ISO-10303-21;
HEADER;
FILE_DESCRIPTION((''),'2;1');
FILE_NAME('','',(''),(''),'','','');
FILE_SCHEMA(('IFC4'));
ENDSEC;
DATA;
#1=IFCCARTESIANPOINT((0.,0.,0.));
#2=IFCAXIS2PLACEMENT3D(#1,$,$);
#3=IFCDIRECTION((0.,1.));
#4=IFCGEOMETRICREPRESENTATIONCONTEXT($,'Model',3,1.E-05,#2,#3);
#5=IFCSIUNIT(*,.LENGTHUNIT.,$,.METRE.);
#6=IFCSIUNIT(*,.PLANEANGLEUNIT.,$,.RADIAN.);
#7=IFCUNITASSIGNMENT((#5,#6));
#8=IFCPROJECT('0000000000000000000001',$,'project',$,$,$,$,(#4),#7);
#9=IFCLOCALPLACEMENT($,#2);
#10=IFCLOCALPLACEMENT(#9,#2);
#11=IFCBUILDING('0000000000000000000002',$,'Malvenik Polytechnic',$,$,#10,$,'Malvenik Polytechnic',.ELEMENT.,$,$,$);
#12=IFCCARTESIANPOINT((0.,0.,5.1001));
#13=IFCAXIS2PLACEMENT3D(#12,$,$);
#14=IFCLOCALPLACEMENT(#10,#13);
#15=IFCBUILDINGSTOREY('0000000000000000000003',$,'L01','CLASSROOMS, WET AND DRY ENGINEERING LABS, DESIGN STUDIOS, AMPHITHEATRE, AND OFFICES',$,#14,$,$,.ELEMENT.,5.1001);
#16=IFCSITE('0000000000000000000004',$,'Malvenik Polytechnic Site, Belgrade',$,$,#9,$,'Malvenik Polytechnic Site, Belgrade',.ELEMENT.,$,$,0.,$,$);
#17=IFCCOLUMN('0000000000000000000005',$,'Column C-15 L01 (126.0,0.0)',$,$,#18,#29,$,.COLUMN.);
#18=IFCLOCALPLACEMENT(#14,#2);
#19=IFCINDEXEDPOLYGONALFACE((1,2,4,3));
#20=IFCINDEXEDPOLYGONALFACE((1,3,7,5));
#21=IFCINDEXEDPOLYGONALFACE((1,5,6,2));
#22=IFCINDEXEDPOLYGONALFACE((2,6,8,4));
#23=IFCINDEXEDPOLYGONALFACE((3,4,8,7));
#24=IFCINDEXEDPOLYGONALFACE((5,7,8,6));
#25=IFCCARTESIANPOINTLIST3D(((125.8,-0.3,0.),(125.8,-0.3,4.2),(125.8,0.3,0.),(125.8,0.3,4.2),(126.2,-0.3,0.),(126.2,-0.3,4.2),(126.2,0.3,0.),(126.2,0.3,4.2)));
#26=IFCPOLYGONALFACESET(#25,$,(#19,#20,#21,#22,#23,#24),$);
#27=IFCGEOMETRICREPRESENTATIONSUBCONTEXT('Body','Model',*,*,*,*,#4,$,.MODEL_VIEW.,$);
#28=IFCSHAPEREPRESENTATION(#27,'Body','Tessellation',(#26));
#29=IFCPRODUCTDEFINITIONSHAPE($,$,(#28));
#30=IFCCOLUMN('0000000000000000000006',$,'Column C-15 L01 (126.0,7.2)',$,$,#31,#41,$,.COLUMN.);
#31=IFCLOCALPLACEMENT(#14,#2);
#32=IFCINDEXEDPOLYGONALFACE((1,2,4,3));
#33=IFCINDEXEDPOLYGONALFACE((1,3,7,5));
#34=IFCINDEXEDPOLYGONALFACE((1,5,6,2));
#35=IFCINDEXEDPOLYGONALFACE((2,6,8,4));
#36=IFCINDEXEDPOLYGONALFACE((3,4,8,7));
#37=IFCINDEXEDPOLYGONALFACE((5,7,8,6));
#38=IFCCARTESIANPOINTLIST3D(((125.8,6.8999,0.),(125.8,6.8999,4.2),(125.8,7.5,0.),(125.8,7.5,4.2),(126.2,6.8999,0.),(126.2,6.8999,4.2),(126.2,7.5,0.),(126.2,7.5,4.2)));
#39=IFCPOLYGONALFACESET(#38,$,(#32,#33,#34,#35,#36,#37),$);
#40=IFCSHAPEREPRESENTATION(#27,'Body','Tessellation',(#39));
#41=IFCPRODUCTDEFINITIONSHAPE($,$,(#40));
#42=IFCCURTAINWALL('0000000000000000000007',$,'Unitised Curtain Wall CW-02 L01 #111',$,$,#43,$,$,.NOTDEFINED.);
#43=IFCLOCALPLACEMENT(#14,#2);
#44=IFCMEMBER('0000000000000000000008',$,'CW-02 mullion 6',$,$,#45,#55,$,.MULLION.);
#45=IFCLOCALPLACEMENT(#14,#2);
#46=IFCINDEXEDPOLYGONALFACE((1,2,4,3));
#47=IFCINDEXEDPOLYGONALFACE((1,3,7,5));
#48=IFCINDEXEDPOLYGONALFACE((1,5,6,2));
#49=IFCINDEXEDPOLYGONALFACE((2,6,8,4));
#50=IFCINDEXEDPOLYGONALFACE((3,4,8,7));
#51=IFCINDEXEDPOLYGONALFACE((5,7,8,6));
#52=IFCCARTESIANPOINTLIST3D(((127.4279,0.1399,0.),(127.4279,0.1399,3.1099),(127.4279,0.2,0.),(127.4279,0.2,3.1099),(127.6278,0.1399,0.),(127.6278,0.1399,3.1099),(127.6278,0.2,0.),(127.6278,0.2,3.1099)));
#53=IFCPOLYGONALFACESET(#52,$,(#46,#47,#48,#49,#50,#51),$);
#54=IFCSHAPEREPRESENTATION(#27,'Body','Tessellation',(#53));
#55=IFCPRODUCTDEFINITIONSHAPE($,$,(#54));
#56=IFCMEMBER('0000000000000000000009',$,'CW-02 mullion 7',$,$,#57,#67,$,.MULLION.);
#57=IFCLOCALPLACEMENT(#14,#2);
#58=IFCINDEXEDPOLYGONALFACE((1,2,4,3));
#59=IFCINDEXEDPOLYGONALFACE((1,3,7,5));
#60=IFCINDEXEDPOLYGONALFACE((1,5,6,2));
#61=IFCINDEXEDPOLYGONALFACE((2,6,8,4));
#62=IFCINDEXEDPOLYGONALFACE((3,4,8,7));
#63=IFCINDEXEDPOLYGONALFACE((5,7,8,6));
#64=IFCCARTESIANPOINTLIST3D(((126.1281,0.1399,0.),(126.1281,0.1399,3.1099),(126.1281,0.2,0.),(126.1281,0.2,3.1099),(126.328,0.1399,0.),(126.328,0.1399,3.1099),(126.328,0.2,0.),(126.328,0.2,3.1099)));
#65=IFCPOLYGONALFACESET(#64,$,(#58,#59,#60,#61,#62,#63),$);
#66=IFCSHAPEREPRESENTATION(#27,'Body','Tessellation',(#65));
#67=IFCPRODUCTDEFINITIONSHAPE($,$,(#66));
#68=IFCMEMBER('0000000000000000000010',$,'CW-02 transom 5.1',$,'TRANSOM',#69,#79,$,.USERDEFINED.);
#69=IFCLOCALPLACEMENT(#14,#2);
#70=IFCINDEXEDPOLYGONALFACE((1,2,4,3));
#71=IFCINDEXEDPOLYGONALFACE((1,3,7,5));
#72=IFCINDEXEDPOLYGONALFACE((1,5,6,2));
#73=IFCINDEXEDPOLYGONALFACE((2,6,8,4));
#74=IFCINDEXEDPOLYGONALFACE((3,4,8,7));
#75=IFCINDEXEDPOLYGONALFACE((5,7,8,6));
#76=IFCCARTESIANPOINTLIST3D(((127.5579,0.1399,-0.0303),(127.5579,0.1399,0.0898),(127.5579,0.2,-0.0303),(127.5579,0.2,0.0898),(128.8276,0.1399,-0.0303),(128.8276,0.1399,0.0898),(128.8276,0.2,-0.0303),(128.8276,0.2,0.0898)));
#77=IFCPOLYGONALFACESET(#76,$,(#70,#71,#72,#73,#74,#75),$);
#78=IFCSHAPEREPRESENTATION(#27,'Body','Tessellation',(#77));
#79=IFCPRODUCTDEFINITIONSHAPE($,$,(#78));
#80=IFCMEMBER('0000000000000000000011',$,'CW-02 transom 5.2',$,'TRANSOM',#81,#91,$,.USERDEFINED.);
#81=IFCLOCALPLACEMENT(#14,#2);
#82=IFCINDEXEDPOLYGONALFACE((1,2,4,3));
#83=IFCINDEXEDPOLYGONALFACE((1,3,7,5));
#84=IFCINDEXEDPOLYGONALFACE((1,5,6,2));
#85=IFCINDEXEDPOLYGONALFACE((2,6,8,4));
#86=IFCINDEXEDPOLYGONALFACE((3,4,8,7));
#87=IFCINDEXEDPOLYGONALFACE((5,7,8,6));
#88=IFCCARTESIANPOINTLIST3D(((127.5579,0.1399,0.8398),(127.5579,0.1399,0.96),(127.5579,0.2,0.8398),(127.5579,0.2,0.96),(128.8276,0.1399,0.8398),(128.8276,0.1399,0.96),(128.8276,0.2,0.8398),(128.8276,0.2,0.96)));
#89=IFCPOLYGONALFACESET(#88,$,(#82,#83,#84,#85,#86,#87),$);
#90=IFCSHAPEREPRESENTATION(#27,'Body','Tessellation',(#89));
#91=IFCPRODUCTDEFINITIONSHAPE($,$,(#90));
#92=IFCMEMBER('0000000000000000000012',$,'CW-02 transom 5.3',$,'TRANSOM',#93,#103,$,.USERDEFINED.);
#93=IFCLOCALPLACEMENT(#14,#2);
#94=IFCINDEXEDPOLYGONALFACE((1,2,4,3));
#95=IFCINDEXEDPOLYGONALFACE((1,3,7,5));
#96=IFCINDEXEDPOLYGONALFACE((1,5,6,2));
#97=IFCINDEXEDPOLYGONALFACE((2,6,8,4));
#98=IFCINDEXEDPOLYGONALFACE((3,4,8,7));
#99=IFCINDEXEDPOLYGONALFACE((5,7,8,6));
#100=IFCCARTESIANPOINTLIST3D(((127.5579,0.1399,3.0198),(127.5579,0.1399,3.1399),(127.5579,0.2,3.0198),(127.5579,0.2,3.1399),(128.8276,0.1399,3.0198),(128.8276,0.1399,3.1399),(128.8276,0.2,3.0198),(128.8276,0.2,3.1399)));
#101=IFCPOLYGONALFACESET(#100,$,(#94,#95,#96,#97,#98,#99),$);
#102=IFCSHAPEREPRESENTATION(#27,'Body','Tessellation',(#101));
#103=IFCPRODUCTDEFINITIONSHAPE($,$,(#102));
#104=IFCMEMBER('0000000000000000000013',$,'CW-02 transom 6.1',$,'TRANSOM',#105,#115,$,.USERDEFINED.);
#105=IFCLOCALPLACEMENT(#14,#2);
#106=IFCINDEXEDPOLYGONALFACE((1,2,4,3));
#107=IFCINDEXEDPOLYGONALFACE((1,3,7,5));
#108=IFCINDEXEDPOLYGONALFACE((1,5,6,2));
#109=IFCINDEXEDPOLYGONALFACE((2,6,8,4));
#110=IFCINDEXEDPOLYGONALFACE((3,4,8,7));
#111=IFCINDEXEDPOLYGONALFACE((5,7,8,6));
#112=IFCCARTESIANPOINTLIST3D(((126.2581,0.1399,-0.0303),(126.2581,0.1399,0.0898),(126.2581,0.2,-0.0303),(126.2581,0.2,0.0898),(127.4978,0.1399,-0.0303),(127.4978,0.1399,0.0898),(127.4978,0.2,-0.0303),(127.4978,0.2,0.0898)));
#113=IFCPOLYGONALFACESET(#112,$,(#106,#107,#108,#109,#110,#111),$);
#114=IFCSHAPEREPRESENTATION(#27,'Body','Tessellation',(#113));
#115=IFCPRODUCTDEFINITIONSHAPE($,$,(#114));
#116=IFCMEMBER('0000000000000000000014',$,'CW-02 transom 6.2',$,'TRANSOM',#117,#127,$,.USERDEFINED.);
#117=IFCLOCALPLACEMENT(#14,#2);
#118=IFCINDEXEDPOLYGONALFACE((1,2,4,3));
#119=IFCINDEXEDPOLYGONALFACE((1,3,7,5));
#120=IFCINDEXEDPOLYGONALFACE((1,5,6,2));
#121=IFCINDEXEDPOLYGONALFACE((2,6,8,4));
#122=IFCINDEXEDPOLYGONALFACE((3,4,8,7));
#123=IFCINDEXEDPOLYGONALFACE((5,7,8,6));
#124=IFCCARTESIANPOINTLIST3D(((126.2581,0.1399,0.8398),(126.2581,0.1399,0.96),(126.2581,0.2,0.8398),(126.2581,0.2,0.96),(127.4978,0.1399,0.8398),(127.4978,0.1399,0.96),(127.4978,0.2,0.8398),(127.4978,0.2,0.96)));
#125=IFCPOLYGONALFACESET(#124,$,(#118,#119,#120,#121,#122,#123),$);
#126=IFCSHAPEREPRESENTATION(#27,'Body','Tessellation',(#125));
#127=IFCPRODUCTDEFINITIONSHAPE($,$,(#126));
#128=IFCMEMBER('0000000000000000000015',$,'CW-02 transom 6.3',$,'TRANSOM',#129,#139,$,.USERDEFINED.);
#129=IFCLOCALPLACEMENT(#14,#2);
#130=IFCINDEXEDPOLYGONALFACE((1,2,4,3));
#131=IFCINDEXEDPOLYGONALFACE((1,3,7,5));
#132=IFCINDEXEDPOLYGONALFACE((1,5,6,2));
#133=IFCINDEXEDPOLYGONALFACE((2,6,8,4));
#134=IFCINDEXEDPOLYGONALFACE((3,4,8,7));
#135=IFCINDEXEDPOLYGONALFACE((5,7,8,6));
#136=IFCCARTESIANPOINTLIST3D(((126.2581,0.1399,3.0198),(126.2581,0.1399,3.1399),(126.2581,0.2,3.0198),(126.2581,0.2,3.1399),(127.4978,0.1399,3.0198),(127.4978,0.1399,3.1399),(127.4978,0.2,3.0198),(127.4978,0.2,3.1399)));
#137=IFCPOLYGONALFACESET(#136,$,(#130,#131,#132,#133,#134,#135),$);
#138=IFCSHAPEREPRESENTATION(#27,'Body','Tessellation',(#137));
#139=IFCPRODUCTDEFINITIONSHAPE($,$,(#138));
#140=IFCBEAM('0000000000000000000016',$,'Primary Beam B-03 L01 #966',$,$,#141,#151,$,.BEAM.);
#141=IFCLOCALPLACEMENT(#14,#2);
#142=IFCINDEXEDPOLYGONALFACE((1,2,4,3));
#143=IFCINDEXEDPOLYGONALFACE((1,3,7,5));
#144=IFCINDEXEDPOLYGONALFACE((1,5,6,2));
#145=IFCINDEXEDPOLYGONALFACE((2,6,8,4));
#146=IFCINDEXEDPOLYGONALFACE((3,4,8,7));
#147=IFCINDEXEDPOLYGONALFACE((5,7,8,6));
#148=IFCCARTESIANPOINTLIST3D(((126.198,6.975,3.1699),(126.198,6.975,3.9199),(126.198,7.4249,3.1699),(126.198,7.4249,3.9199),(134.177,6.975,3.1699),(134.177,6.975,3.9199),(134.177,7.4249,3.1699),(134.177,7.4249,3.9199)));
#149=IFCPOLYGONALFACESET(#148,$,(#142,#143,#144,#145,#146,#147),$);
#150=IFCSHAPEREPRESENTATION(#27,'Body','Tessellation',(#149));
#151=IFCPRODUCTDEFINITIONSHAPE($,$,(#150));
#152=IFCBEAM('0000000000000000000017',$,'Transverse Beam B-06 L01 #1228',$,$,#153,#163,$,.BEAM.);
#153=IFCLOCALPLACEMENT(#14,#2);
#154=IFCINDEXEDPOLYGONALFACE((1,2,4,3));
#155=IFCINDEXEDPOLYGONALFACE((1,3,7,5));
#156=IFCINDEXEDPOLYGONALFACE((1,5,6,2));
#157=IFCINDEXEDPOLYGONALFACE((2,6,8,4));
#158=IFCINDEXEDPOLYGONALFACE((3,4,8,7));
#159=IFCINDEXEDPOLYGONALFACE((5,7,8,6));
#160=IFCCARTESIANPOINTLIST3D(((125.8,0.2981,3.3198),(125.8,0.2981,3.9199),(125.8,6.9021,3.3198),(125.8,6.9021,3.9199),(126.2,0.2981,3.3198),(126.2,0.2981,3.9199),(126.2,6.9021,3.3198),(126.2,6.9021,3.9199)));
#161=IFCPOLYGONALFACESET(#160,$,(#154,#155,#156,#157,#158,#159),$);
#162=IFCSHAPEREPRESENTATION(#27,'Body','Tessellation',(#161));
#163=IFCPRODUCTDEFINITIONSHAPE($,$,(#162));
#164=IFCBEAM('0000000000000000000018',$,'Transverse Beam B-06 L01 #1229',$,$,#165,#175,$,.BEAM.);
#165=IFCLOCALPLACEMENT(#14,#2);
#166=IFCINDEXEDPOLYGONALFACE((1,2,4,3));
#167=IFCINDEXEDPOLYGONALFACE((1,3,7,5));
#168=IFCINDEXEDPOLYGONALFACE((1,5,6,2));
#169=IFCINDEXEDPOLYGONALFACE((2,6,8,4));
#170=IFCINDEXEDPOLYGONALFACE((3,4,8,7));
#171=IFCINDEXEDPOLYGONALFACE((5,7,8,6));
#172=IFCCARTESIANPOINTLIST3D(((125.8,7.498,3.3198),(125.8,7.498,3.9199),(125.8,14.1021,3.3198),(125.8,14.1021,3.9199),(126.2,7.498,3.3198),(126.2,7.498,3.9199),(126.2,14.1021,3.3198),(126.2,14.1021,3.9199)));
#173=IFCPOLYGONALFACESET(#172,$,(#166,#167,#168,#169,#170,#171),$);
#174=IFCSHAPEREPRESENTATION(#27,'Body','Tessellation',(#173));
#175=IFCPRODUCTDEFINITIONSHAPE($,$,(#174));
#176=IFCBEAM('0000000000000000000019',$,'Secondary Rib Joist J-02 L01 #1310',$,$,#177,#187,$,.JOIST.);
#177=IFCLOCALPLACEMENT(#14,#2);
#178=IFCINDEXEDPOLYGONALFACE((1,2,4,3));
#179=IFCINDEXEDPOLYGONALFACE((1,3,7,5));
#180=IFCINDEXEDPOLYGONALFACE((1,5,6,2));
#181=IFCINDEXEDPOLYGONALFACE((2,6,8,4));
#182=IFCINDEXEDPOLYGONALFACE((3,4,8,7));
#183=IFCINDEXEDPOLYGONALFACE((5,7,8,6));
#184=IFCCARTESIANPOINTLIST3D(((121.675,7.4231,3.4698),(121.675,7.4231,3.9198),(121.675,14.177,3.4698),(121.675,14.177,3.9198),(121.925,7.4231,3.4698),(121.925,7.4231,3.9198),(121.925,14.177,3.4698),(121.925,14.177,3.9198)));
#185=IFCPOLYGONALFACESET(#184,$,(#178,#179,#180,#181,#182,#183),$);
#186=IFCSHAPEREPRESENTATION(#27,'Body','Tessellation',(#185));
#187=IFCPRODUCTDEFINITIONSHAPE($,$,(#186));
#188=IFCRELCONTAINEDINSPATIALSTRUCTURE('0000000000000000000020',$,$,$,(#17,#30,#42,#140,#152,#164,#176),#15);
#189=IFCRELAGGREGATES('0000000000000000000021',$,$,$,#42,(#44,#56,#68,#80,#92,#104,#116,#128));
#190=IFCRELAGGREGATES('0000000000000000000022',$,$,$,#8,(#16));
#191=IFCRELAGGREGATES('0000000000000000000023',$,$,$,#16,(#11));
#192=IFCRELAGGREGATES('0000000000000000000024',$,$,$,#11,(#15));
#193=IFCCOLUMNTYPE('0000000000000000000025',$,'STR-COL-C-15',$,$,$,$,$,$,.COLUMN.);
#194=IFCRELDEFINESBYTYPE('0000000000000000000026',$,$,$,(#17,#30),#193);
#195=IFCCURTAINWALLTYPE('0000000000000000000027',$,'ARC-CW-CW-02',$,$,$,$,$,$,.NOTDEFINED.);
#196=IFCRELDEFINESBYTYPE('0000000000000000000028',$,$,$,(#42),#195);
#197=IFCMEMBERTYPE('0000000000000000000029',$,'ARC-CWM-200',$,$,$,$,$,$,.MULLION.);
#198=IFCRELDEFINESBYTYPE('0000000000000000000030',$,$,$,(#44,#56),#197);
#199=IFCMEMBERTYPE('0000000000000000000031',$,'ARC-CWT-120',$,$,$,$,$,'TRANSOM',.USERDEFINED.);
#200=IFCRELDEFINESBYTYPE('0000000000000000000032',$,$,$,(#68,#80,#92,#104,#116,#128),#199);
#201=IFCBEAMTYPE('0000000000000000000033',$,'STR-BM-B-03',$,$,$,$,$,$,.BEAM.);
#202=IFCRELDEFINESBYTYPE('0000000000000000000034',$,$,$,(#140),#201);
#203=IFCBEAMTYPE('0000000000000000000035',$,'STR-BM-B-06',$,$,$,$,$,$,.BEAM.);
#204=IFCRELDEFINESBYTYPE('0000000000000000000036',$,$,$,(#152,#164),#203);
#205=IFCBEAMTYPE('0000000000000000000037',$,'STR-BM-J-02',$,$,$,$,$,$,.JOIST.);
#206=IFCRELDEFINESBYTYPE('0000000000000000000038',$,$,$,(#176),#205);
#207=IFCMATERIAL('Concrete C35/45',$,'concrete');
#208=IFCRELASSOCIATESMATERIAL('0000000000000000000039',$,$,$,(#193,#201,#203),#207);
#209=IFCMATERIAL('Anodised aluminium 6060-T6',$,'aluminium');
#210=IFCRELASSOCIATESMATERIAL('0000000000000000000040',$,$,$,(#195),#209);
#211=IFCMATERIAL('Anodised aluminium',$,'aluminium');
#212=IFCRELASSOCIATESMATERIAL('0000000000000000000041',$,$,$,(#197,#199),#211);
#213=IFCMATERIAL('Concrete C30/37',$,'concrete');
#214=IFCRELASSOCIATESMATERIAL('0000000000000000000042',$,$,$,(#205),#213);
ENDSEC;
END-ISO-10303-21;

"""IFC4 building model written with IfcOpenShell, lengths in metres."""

from ifc_helpers import new_model, si_unit, direction, frame, origin, origin_2d, place, context, subcontext, project, spatial, rectangle, extrude, material, material_profile, profile_set, type_object, element, aggregate, save


model = new_model("IFC4")

# Units and contexts
model_context = context("Model", 3, precision=1e-05, world=origin(), true_north=direction((0.0, 1.0)))
body_context = subcontext(model_context, "Body", "Model", "MODEL_VIEW")
ifc_project = project(units=[si_unit("LENGTHUNIT", "METRE"), si_unit("PLANEANGLEUNIT", "RADIAN")], contexts=[model_context])

# Site, building, storey
site_placement = place(None, origin())
site = spatial("IfcSite", under=ifc_project, at=site_placement, Name="Malvenik Polytechnic Site, Belgrade", LongName="Malvenik Polytechnic Site, Belgrade", CompositionType="ELEMENT", RefElevation=0.0)
building_placement = place(site_placement, origin())
building = spatial("IfcBuilding", under=site, at=building_placement, Name="Malvenik Polytechnic", LongName="Malvenik Polytechnic", CompositionType="ELEMENT")
storey_placement = place(building_placement, frame((0.0, 0.0, 5.1001)))
storey = spatial("IfcBuildingStorey", under=building, at=storey_placement, Name="L01", Description="CLASSROOMS, WET AND DRY ENGINEERING LABS, DESIGN STUDIOS, AMPHITHEATRE, AND OFFICES", CompositionType="ELEMENT", Elevation=5.1001)

# Columns
ifc_material_1 = material(Name="Concrete C35/45", Category="concrete")
ifc_material_profile_1 = material_profile(ifc_material_1, rectangle(XDim=0.3999, YDim=0.6001, at=origin_2d()), Name="RC COL 600x400")
ifc_profile_set_1 = profile_set([ifc_material_profile_1], Name="Concrete C35/45")
column_type = type_object("IfcColumnType", Name="STR-COL-C-15", PredefinedType="COLUMN", material=ifc_profile_set_1)
for number, where, z_axis, x_axis, name in (
    (1, (126.0, 0.0, 0.0), (0.0, 0.0, 1.0), (1.0, 0.0, 0.0), "Column C-15 L01 (126.0,0.0)"),
    (2, (126.0, 7.2, 0.0), (0.0, 0.0, 1.0), (1.0, 0.0, 0.0), "Column C-15 L01 (126.0,7.2)"),
):
    element("IfcColumn", number, at=place(storey_placement, frame(where, z_axis=z_axis, x_axis=x_axis)), inside=storey, type_object=column_type, Name=name, PredefinedType="COLUMN", context=body_context, shape_type="SweptSolid", body=[
        extrude(rectangle(XDim=0.3999, YDim=0.6001, at=origin_2d()), origin(), (0.0, 0.0, 1.0), 4.2),
    ])

# Curtain wall, members
ifc_material_2 = material(Name="Anodised aluminium 6060-T6", Category="aluminium")
curtain_wall_type = type_object("IfcCurtainWallType", Name="ARC-CW-CW-02", PredefinedType="NOTDEFINED", material=ifc_material_2)
curtain_wall_placement = place(storey_placement, origin())
curtain_wall = element("IfcCurtainWall", 3, at=curtain_wall_placement, inside=storey, type_object=curtain_wall_type, Name="Unitised Curtain Wall CW-02 L01 #111", PredefinedType="NOTDEFINED")
ifc_material_3 = material(Name="Anodised aluminium", Category="aluminium")
ifc_material_profile_2 = material_profile(ifc_material_3, rectangle(XDim=0.0601, YDim=0.2, at=origin_2d()), Name="ALU MULLION 60x200")
ifc_profile_set_2 = profile_set([ifc_material_profile_2], Name="Anodised aluminium")
member_type_1 = type_object("IfcMemberType", Name="ARC-CWM-200", PredefinedType="MULLION", material=ifc_profile_set_2)
member_1_placement = place(storey_placement, frame((127.5278, 0.1699, 0.0), z_axis=(0.0, 0.0, 1.0), x_axis=(0.0, -1.0, 0.0)))
member_1 = element("IfcMember", 4, at=member_1_placement, type_object=member_type_1, Name="CW-02 mullion 6", PredefinedType="MULLION", context=body_context, shape_type="SweptSolid", body=[
    extrude(rectangle(XDim=0.0601, YDim=0.2, at=origin_2d()), origin(), (0.0, 0.0, 1.0), 3.1099),
])
member_2_placement = place(storey_placement, frame((126.228, 0.1699, 0.0), z_axis=(0.0, 0.0, 1.0), x_axis=(0.0, -1.0, 0.0)))
member_2 = element("IfcMember", 5, at=member_2_placement, type_object=member_type_1, Name="CW-02 mullion 7", PredefinedType="MULLION", context=body_context, shape_type="SweptSolid", body=[
    extrude(rectangle(XDim=0.0601, YDim=0.2, at=origin_2d()), origin(), (0.0, 0.0, 1.0), 3.1099),
])
ifc_material_profile_3 = material_profile(ifc_material_3, rectangle(XDim=0.0601, YDim=0.1201, at=origin_2d()), Name="ALU TRANSOM 60x120")
ifc_profile_set_3 = profile_set([ifc_material_profile_3], Name="Anodised aluminium")
member_type_2 = type_object("IfcMemberType", Name="ARC-CWT-120", ElementType="TRANSOM", PredefinedType="USERDEFINED", material=ifc_profile_set_3)
member_3_placement = place(storey_placement, frame((128.8276, 0.1699, 0.0298), z_axis=(-1.0, 0.0, 0.0), x_axis=(0.0, -1.0, 0.0)))
member_3 = element("IfcMember", 6, at=member_3_placement, type_object=member_type_2, Name="CW-02 transom 5.1", ObjectType="TRANSOM", PredefinedType="USERDEFINED", context=body_context, shape_type="SweptSolid", body=[
    extrude(rectangle(XDim=0.0601, YDim=0.1201, at=origin_2d()), origin(), (0.0, 0.0, 1.0), 1.2698),
])
member_4_placement = place(storey_placement, frame((128.8276, 0.1699, 0.8999), z_axis=(-1.0, 0.0, 0.0), x_axis=(0.0, -1.0, 0.0)))
member_4 = element("IfcMember", 7, at=member_4_placement, type_object=member_type_2, Name="CW-02 transom 5.2", ObjectType="TRANSOM", PredefinedType="USERDEFINED", context=body_context, shape_type="SweptSolid", body=[
    extrude(rectangle(XDim=0.0601, YDim=0.1201, at=origin_2d()), origin(), (0.0, 0.0, 1.0), 1.2698),
])
member_5_placement = place(storey_placement, frame((128.8276, 0.1699, 3.0798), z_axis=(-1.0, 0.0, 0.0), x_axis=(0.0, -1.0, 0.0)))
member_5 = element("IfcMember", 8, at=member_5_placement, type_object=member_type_2, Name="CW-02 transom 5.3", ObjectType="TRANSOM", PredefinedType="USERDEFINED", context=body_context, shape_type="SweptSolid", body=[
    extrude(rectangle(XDim=0.0601, YDim=0.1201, at=origin_2d()), origin(), (0.0, 0.0, 1.0), 1.2698),
])
member_6_placement = place(storey_placement, frame((127.4978, 0.1699, 0.0298), z_axis=(-1.0, 0.0, 0.0), x_axis=(0.0, -1.0, 0.0)))
member_6 = element("IfcMember", 9, at=member_6_placement, type_object=member_type_2, Name="CW-02 transom 6.1", ObjectType="TRANSOM", PredefinedType="USERDEFINED", context=body_context, shape_type="SweptSolid", body=[
    extrude(rectangle(XDim=0.0601, YDim=0.1201, at=origin_2d()), origin(), (0.0, 0.0, 1.0), 1.2397),
])
member_7_placement = place(storey_placement, frame((127.4978, 0.1699, 0.8999), z_axis=(-1.0, 0.0, 0.0), x_axis=(0.0, -1.0, 0.0)))
member_7 = element("IfcMember", 10, at=member_7_placement, type_object=member_type_2, Name="CW-02 transom 6.2", ObjectType="TRANSOM", PredefinedType="USERDEFINED", context=body_context, shape_type="SweptSolid", body=[
    extrude(rectangle(XDim=0.0601, YDim=0.1201, at=origin_2d()), origin(), (0.0, 0.0, 1.0), 1.2397),
])
member_8_placement = place(storey_placement, frame((127.4978, 0.1699, 3.0798), z_axis=(-1.0, 0.0, 0.0), x_axis=(0.0, -1.0, 0.0)))
member_8 = element("IfcMember", 11, at=member_8_placement, type_object=member_type_2, Name="CW-02 transom 6.3", ObjectType="TRANSOM", PredefinedType="USERDEFINED", context=body_context, shape_type="SweptSolid", body=[
    extrude(rectangle(XDim=0.0601, YDim=0.1201, at=origin_2d()), origin(), (0.0, 0.0, 1.0), 1.2397),
])

# Beams
ifc_material_profile_4 = material_profile(ifc_material_1, rectangle(XDim=0.45, YDim=0.75, at=origin_2d()), Name="RC BM 450x750")
ifc_profile_set_4 = profile_set([ifc_material_profile_4], Name="Concrete C35/45")
beam_type_1 = type_object("IfcBeamType", Name="STR-BM-B-03", PredefinedType="BEAM", material=ifc_profile_set_4)
beam_1_placement = place(storey_placement, frame((126.198, 7.2, 3.5449), z_axis=(1.0, 0.0, 0.0), x_axis=(0.0, 1.0, 0.0)))
element("IfcBeam", 12, at=beam_1_placement, inside=storey, type_object=beam_type_1, Name="Primary Beam B-03 L01 #966", PredefinedType="BEAM", context=body_context, shape_type="SweptSolid", body=[
    extrude(rectangle(XDim=0.45, YDim=0.75, at=origin_2d()), origin(), (0.0, 0.0, 1.0), 7.979),
])
ifc_material_profile_5 = material_profile(ifc_material_1, rectangle(XDim=0.3999, YDim=0.6001, at=origin_2d()), Name="RC BM 400x600")
ifc_profile_set_5 = profile_set([ifc_material_profile_5], Name="Concrete C35/45")
beam_type_2 = type_object("IfcBeamType", Name="STR-BM-B-06", PredefinedType="BEAM", material=ifc_profile_set_5)
for number, where, z_axis, x_axis, name in (
    (13, (126.0, 0.2981, 3.6199), (0.0, 1.0, 0.0), (-1.0, 0.0, 0.0), "Transverse Beam B-06 L01 #1228"),
    (14, (126.0, 7.498, 3.6199), (0.0, 1.0, 0.0), (-1.0, 0.0, 0.0), "Transverse Beam B-06 L01 #1229"),
):
    element("IfcBeam", number, at=place(storey_placement, frame(where, z_axis=z_axis, x_axis=x_axis)), inside=storey, type_object=beam_type_2, Name=name, PredefinedType="BEAM", context=body_context, shape_type="SweptSolid", body=[
        extrude(rectangle(XDim=0.3999, YDim=0.6001, at=origin_2d()), origin(), (0.0, 0.0, 1.0), 6.604),
    ])
ifc_material_4 = material(Name="Concrete C30/37", Category="concrete")
ifc_material_profile_6 = material_profile(ifc_material_4, rectangle(XDim=0.25, YDim=0.45, at=origin_2d()), Name="RC JST 250x450")
ifc_profile_set_6 = profile_set([ifc_material_profile_6], Name="Concrete C30/37")
beam_type_3 = type_object("IfcBeamType", Name="STR-BM-J-02", PredefinedType="JOIST", material=ifc_profile_set_6)
beam_2_placement = place(storey_placement, frame((121.8, 7.4231, 3.6948), z_axis=(0.0, 1.0, 0.0), x_axis=(-1.0, 0.0, 0.0)))
element("IfcBeam", 15, at=beam_2_placement, inside=storey, type_object=beam_type_3, Name="Secondary Rib Joist J-02 L01 #1310", PredefinedType="JOIST", context=body_context, shape_type="SweptSolid", body=[
    extrude(rectangle(XDim=0.25, YDim=0.45, at=origin_2d()), origin(), (0.0, 0.0, 1.0), 6.7539),
])

aggregate(curtain_wall, [member_1, member_2, member_3, member_4, member_5, member_6, member_7, member_8])

save(model, "model.ifc")
